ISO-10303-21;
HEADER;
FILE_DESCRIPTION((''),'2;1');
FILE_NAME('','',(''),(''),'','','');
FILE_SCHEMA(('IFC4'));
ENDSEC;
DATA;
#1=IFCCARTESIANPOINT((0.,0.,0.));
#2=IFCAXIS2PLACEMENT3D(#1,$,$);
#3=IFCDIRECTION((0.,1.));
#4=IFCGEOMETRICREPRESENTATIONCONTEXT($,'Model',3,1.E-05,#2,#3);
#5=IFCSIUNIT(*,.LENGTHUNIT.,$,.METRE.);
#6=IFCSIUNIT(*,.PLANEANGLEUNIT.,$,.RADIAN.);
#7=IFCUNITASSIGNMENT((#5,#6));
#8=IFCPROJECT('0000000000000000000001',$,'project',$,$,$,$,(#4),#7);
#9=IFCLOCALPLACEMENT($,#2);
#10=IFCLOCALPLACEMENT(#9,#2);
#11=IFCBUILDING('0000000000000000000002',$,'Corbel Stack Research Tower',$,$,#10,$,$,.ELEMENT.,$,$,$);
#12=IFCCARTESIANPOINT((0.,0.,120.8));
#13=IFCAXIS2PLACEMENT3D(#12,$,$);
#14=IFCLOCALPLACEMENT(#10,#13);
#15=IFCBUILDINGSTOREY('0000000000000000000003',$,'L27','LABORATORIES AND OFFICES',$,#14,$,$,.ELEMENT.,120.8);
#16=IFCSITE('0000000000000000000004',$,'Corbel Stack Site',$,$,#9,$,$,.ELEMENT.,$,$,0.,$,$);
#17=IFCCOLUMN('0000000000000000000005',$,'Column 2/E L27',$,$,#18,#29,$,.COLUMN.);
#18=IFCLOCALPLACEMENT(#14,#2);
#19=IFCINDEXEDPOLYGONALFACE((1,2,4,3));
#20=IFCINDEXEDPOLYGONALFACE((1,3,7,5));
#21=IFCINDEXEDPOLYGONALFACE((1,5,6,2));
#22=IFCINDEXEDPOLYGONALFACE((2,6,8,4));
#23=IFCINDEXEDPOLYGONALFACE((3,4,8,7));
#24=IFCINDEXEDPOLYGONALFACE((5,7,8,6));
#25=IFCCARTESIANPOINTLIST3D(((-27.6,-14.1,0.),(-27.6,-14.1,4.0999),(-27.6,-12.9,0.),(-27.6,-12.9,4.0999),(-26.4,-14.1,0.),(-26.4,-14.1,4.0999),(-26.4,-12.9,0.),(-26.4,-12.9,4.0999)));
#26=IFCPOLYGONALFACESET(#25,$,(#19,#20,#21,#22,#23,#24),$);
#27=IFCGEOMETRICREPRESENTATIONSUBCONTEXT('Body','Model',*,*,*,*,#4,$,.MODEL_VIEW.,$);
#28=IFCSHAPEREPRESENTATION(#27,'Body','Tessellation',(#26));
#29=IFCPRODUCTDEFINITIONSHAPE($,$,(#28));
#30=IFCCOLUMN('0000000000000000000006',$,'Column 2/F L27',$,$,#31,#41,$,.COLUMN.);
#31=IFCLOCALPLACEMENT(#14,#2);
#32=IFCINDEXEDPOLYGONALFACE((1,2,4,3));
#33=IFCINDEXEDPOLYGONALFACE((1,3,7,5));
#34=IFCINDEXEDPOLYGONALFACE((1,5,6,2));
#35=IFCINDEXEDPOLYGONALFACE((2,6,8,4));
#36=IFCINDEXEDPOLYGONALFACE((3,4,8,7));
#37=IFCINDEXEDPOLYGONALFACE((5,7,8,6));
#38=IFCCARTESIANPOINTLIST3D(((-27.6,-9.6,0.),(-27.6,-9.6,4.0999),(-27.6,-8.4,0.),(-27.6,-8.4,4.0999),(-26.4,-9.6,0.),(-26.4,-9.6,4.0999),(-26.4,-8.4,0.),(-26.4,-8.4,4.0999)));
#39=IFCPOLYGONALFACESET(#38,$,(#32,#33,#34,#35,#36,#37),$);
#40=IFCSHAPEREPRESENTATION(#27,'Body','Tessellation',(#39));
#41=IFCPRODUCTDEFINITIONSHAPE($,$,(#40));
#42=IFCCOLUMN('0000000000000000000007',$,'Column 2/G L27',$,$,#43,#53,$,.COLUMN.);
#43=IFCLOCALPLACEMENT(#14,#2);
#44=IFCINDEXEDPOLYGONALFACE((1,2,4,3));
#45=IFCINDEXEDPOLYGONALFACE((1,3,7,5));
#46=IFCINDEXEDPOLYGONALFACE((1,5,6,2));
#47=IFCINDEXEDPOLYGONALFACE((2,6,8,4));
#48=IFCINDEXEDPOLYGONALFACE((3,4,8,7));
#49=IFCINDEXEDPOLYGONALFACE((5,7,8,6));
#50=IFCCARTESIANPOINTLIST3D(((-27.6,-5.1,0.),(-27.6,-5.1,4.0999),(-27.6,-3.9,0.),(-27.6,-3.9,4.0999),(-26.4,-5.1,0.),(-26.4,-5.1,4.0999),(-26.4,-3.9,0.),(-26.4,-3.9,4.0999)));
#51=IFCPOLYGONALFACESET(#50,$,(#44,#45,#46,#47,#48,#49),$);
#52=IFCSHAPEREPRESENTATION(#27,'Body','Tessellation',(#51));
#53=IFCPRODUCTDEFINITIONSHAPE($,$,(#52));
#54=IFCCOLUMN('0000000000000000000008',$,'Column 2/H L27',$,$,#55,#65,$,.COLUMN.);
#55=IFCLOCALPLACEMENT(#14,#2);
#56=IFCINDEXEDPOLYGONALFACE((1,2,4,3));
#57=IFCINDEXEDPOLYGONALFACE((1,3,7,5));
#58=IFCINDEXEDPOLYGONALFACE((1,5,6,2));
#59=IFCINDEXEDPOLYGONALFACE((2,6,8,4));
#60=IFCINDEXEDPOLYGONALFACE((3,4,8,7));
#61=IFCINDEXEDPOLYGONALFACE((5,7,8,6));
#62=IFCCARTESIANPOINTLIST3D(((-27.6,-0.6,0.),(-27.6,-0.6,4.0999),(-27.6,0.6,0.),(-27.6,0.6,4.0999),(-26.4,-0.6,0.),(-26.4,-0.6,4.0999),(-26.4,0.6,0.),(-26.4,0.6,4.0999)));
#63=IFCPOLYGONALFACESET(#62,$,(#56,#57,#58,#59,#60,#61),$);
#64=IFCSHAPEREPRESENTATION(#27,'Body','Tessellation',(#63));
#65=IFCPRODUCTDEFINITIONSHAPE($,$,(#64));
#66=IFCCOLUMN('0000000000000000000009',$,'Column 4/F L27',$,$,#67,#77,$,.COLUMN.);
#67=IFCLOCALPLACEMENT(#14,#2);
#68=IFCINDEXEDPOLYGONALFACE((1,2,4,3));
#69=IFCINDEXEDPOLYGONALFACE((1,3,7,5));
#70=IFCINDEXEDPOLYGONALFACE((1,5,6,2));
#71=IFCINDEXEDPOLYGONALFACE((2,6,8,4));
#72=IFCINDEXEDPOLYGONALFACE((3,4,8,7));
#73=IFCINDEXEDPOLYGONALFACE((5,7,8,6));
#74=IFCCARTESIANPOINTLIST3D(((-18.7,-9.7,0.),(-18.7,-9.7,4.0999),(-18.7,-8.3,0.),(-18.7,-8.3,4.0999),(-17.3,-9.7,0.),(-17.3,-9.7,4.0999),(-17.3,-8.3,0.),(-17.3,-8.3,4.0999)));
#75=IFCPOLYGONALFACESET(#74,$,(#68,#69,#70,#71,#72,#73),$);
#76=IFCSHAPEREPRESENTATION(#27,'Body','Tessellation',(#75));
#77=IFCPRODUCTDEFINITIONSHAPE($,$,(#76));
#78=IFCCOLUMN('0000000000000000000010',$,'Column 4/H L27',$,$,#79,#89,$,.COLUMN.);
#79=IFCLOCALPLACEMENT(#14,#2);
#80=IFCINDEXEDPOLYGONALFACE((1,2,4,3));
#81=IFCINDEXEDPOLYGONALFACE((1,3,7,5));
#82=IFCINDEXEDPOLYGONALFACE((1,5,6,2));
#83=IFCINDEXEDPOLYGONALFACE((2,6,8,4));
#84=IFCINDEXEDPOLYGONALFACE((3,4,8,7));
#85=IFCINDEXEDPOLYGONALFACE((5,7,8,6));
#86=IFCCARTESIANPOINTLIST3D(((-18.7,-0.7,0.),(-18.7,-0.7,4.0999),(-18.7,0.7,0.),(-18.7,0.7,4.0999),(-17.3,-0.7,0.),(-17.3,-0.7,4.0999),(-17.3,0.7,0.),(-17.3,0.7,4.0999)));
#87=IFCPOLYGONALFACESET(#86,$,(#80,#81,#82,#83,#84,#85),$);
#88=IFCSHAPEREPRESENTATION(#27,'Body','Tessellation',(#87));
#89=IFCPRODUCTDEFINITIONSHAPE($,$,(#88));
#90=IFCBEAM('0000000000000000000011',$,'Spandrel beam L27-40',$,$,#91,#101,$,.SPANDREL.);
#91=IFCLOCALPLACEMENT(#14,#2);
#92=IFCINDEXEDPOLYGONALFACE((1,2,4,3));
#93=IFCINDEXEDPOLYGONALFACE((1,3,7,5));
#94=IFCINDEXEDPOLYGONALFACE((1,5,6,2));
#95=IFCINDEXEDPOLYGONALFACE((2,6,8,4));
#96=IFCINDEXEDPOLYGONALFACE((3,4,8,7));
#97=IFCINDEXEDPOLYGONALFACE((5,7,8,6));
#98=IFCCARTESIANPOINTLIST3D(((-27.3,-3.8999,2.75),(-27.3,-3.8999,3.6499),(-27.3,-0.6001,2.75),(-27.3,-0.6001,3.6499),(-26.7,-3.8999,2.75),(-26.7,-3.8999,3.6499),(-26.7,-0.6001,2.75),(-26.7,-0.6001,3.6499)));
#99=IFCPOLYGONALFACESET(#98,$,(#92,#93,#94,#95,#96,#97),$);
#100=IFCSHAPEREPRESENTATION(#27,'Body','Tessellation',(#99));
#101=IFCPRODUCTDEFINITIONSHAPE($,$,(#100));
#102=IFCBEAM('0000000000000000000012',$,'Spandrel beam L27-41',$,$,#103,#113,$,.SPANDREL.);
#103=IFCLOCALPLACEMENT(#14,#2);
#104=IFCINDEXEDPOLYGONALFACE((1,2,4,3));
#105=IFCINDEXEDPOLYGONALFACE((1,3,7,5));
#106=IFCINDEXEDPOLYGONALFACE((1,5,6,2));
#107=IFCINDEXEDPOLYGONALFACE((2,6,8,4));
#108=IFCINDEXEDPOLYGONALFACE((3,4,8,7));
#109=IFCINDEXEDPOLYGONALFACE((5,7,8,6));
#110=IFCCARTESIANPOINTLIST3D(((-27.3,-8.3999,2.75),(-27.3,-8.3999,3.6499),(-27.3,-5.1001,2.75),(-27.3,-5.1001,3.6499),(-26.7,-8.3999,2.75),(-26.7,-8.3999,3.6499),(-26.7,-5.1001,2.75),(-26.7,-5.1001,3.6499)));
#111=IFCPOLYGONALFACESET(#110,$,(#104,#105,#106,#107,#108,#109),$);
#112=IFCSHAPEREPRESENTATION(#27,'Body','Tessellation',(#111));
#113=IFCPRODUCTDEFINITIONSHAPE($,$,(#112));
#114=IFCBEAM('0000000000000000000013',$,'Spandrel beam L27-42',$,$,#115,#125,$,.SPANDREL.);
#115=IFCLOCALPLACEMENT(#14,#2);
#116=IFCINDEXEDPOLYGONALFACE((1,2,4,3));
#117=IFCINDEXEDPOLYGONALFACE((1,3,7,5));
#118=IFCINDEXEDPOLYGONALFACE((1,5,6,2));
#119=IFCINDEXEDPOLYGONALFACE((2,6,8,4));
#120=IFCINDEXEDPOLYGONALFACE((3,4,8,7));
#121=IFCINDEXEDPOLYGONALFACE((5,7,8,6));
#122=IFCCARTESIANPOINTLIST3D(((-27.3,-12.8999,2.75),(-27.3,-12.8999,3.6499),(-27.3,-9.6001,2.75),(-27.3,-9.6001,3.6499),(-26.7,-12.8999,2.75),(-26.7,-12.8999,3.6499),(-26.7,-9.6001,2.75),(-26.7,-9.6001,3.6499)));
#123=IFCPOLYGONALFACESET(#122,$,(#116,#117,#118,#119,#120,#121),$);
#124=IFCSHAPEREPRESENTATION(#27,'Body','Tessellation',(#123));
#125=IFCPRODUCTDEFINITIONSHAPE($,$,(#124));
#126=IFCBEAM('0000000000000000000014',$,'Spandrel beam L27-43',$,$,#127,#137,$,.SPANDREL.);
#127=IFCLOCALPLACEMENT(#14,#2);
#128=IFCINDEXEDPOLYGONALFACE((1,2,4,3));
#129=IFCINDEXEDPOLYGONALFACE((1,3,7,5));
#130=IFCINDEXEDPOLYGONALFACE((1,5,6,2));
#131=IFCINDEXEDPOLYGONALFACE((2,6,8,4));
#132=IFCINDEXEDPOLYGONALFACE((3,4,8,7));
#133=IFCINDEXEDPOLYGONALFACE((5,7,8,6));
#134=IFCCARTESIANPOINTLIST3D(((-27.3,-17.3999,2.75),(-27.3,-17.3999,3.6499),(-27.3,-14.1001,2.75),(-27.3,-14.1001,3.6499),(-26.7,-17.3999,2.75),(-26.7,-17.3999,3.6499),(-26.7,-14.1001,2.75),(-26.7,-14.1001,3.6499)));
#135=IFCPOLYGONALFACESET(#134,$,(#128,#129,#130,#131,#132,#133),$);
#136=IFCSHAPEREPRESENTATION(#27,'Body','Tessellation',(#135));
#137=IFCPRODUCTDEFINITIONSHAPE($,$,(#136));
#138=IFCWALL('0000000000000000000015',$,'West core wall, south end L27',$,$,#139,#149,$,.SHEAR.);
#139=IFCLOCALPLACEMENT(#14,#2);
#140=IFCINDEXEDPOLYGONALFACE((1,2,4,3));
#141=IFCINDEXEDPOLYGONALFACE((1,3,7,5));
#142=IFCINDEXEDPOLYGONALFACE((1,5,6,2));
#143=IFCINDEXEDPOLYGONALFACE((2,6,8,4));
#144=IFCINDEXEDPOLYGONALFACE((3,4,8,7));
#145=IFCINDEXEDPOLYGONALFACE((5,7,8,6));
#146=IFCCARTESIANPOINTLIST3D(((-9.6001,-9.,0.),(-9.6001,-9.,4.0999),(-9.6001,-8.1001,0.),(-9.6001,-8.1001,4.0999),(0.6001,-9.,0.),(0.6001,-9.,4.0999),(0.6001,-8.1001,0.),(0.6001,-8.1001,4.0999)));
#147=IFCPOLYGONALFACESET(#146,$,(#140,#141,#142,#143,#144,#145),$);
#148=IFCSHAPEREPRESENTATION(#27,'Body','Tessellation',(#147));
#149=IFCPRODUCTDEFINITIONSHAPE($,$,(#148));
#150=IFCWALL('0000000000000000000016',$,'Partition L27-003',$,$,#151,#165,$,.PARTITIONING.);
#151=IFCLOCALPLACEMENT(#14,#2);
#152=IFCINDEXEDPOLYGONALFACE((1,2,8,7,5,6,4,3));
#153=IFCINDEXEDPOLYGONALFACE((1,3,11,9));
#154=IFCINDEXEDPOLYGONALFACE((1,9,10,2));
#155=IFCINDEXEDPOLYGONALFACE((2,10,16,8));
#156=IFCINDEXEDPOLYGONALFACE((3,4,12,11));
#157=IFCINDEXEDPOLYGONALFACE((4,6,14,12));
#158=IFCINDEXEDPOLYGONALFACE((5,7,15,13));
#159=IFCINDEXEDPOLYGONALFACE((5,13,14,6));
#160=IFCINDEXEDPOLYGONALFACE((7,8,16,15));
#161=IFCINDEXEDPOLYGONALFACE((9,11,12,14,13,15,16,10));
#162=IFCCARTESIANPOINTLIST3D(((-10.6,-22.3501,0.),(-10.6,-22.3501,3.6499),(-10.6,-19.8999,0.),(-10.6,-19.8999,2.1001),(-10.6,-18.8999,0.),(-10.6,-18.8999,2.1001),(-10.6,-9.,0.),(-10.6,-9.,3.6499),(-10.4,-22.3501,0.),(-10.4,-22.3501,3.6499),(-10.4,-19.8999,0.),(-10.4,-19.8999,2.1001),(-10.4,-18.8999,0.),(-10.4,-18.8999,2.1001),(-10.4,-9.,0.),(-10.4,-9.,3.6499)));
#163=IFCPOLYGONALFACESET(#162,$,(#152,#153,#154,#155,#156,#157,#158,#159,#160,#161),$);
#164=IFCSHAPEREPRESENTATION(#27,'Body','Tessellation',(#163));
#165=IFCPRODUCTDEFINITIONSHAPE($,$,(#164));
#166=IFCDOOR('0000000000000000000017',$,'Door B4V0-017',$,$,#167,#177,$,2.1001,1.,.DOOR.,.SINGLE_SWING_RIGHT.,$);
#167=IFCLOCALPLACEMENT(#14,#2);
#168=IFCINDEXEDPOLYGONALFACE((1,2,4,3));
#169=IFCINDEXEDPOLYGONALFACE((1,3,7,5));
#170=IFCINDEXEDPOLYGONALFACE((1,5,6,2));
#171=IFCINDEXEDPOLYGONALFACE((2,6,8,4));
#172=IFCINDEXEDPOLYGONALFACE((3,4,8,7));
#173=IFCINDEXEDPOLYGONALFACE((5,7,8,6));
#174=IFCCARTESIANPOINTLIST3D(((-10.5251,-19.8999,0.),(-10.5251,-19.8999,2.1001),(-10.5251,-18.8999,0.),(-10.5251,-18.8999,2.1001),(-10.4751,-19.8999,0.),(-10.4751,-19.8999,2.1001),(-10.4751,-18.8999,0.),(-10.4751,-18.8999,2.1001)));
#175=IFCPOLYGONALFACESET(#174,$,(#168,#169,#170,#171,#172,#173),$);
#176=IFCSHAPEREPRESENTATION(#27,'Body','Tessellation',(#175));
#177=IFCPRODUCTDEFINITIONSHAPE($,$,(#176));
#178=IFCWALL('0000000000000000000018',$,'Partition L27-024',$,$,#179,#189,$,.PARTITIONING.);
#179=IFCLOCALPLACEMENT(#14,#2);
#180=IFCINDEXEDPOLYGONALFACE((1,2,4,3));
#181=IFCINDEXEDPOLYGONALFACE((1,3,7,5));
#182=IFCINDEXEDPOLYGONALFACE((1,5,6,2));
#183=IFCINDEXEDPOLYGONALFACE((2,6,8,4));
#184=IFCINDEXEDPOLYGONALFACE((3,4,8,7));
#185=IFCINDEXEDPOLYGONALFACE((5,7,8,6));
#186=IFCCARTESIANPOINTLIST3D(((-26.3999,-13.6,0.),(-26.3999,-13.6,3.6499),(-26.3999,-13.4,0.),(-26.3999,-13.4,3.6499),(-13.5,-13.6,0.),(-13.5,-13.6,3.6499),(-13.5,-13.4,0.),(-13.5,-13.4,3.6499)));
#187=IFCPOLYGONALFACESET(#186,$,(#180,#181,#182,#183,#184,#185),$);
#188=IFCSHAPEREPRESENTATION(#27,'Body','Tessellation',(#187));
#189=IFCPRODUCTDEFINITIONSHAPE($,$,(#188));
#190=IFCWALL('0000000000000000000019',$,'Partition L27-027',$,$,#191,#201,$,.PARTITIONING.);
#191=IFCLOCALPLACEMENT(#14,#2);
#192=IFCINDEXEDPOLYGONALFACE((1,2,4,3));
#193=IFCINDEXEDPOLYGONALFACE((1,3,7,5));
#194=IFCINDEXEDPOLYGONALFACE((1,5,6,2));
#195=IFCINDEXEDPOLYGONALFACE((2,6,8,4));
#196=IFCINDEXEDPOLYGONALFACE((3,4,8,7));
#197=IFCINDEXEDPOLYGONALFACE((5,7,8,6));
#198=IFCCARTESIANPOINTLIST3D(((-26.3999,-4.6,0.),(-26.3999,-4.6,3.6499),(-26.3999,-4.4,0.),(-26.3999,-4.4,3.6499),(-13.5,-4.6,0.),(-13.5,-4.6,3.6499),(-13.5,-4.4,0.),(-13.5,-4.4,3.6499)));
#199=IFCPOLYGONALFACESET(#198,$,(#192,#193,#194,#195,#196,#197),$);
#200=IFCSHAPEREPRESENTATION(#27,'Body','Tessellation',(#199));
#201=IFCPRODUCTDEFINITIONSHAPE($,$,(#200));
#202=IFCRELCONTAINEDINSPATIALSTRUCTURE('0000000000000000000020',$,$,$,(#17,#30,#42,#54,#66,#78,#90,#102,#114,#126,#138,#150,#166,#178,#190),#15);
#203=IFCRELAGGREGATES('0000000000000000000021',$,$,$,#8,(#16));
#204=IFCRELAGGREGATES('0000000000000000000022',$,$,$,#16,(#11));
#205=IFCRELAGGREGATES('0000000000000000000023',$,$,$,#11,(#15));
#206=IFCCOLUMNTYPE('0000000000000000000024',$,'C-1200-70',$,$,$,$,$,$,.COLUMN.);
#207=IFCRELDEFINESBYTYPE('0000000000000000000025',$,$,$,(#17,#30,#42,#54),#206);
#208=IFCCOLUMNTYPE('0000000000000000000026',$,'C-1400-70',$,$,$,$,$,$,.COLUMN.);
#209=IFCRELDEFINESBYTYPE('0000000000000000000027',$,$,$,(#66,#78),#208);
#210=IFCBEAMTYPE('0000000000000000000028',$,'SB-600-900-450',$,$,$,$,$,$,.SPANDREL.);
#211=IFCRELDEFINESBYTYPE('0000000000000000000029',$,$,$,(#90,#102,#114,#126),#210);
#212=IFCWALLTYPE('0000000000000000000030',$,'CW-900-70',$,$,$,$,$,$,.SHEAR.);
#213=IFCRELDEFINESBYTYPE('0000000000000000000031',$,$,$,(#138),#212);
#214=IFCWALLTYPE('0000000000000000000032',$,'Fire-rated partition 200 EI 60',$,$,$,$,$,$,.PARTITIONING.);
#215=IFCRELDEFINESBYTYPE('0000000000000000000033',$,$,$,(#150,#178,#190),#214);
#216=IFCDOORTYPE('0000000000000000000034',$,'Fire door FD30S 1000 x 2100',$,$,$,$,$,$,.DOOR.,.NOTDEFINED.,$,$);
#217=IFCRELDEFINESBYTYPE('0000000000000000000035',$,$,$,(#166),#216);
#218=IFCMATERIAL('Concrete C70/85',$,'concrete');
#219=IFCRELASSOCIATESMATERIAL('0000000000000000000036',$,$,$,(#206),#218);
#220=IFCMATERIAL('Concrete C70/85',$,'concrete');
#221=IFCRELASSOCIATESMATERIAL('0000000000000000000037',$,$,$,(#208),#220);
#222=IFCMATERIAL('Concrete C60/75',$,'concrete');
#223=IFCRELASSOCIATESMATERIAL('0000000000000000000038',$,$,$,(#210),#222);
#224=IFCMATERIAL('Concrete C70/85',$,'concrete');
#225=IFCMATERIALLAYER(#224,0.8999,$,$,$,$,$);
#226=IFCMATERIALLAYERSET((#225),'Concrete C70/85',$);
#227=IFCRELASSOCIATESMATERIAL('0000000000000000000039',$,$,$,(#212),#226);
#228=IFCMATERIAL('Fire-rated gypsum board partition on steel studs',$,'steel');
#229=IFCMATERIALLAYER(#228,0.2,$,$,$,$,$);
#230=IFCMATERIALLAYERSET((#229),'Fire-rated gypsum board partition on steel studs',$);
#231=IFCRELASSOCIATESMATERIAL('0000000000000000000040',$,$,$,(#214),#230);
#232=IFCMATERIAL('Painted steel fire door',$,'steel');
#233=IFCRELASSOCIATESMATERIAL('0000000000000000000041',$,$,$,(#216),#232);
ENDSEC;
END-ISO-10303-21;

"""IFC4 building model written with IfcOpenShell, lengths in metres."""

from ifc_helpers import new_model, si_unit, direction, frame, frame_2d, origin, origin_2d, place, context, subcontext, project, spatial, rectangle, extrude, material, layer, layer_set, material_profile, profile_set, type_object, element, fill, save


model = new_model("IFC4")

# Units and contexts
model_context = context("Model", 3, precision=1e-05, world=origin(), true_north=direction((0.0, 1.0)))
body_context = subcontext(model_context, "Body", "Model", "MODEL_VIEW")
ifc_project = project(units=[si_unit("LENGTHUNIT", "METRE"), si_unit("PLANEANGLEUNIT", "RADIAN")], contexts=[model_context])

# Site, building, storey
site_placement = place(None, origin())
site = spatial("IfcSite", under=ifc_project, at=site_placement, Name="Corbel Stack Site", CompositionType="ELEMENT", RefElevation=0.0)
building_placement = place(site_placement, origin())
building = spatial("IfcBuilding", under=site, at=building_placement, Name="Corbel Stack Research Tower", CompositionType="ELEMENT")
storey_placement = place(building_placement, frame((0.0, 0.0, 120.8)))
storey = spatial("IfcBuildingStorey", under=building, at=storey_placement, Name="L27", Description="LABORATORIES AND OFFICES", CompositionType="ELEMENT", Elevation=120.8)

# Columns
ifc_material_1 = material(Name="Concrete C70/85", Category="concrete")
ifc_material_profile_1 = material_profile(ifc_material_1, rectangle(XDim=1.2, YDim=1.2, at=origin_2d()), Name="RC 1200 x 1200")
ifc_profile_set_1 = profile_set([ifc_material_profile_1], Name="Concrete C70/85")
column_type_1 = type_object("IfcColumnType", Name="C-1200-70", PredefinedType="COLUMN", material=ifc_profile_set_1)
for number, where, z_axis, x_axis, name in (
    (1, (-27.0, -13.5, 0.0), (0.0, 0.0, 1.0), (1.0, 0.0, 0.0), "Column 2/E L27"),
    (2, (-27.0, -9.0, 0.0), (0.0, 0.0, 1.0), (1.0, 0.0, 0.0), "Column 2/F L27"),
    (3, (-27.0, -4.5, 0.0), (0.0, 0.0, 1.0), (1.0, 0.0, 0.0), "Column 2/G L27"),
    (4, (-27.0, 0.0, 0.0), (0.0, 0.0, 1.0), (1.0, 0.0, 0.0), "Column 2/H L27"),
):
    element("IfcColumn", number, at=place(storey_placement, frame(where, z_axis=z_axis, x_axis=x_axis)), inside=storey, type_object=column_type_1, Name=name, PredefinedType="COLUMN", context=body_context, shape_type="SweptSolid", body=[
        extrude(rectangle(XDim=1.2, YDim=1.2, at=origin_2d()), origin(), (0.0, 0.0, 1.0), 4.0999),
    ])
ifc_material_2 = material(Name="Concrete C70/85", Category="concrete")
ifc_material_profile_2 = material_profile(ifc_material_2, rectangle(XDim=1.3999, YDim=1.3999, at=origin_2d()), Name="RC 1400 x 1400")
ifc_profile_set_2 = profile_set([ifc_material_profile_2], Name="Concrete C70/85")
column_type_2 = type_object("IfcColumnType", Name="C-1400-70", PredefinedType="COLUMN", material=ifc_profile_set_2)
for number, where, z_axis, x_axis, name in (
    (5, (-18.0, -9.0, 0.0), (0.0, 0.0, 1.0), (1.0, 0.0, 0.0), "Column 4/F L27"),
    (6, (-18.0, 0.0, 0.0), (0.0, 0.0, 1.0), (1.0, 0.0, 0.0), "Column 4/H L27"),
):
    element("IfcColumn", number, at=place(storey_placement, frame(where, z_axis=z_axis, x_axis=x_axis)), inside=storey, type_object=column_type_2, Name=name, PredefinedType="COLUMN", context=body_context, shape_type="SweptSolid", body=[
        extrude(rectangle(XDim=1.3999, YDim=1.3999, at=origin_2d()), origin(), (0.0, 0.0, 1.0), 4.0999),
    ])

# Beams
ifc_material_3 = material(Name="Concrete C60/75", Category="concrete")
ifc_material_profile_3 = material_profile(ifc_material_3, rectangle(XDim=0.6001, YDim=0.8999, at=origin_2d()), Name="RC 600 x 900")
ifc_profile_set_3 = profile_set([ifc_material_profile_3], Name="Concrete C60/75")
beam_type = type_object("IfcBeamType", Name="SB-600-900-450", PredefinedType="SPANDREL", material=ifc_profile_set_3)
for number, where, z_axis, x_axis, name in (
    (7, (-27.0, -0.6001, 3.2), (0.0, -1.0, 0.0), (1.0, 0.0, 0.0), "Spandrel beam L27-40"),
    (8, (-27.0, -5.1001, 3.2), (0.0, -1.0, 0.0), (1.0, 0.0, 0.0), "Spandrel beam L27-41"),
    (9, (-27.0, -9.6001, 3.2), (0.0, -1.0, 0.0), (1.0, 0.0, 0.0), "Spandrel beam L27-42"),
    (10, (-27.0, -14.1001, 3.2), (0.0, -1.0, 0.0), (1.0, 0.0, 0.0), "Spandrel beam L27-43"),
):
    element("IfcBeam", number, at=place(storey_placement, frame(where, z_axis=z_axis, x_axis=x_axis)), inside=storey, type_object=beam_type, Name=name, PredefinedType="SPANDREL", context=body_context, shape_type="SweptSolid", body=[
        extrude(rectangle(XDim=0.6001, YDim=0.8999, at=origin_2d()), origin(), (0.0, 0.0, 1.0), 3.2998),
    ])

# Shared definitions
ifc_material_4 = material(Name="Concrete C70/85", Category="concrete")
ifc_layer_1 = layer(ifc_material_4, 0.8999)
ifc_layer_set_1 = layer_set([ifc_layer_1], Name="Concrete C70/85")
wall_type_1 = type_object("IfcWallType", Name="CW-900-70", PredefinedType="SHEAR", material=ifc_layer_set_1)

# Wall
wall_1_placement = place(storey_placement, frame((-9.6001, -8.55, 0.0), z_axis=(0.0, 0.0, 1.0), x_axis=(1.0, 0.0, 0.0)))
element("IfcWall", 11, at=wall_1_placement, inside=storey, type_object=wall_type_1, Name="West core wall, south end L27", PredefinedType="SHEAR", context=body_context, shape_type="SweptSolid", body=[
    extrude(rectangle(XDim=10.2002, YDim=0.8999, at=frame_2d((5.1001, 0.0))), origin(), (0.0, 0.0, 1.0), 4.0999),
])

# Wall, opening, door
ifc_material_5 = material(Name="Fire-rated gypsum board partition on steel studs", Category="steel")
ifc_layer_2 = layer(ifc_material_5, 0.2)
ifc_layer_set_2 = layer_set([ifc_layer_2], Name="Fire-rated gypsum board partition on steel studs")
wall_type_2 = type_object("IfcWallType", Name="Fire-rated partition 200 EI 60", PredefinedType="PARTITIONING", material=ifc_layer_set_2)
wall_2_placement = place(storey_placement, frame((-10.5, -9.0, 0.0), z_axis=(0.0, 0.0, 1.0), x_axis=(0.0, -1.0, 0.0)))
wall_2 = element("IfcWall", 12, at=wall_2_placement, inside=storey, type_object=wall_type_2, Name="Partition L27-003", PredefinedType="PARTITIONING", context=body_context, shape_type="SweptSolid", body=[
    extrude(rectangle(XDim=13.3501, YDim=0.2, at=frame_2d((6.675, 0.0))), origin(), (0.0, 0.0, 1.0), 3.6499),
])
opening_1_placement = place(wall_2_placement, frame((9.8999, 0.0, 0.0)))
opening_1 = element("IfcOpeningElement", 13, at=opening_1_placement, cuts=wall_2, PredefinedType="OPENING", context=body_context, shape_type="SweptSolid", body=[
    extrude(rectangle(XDim=1.0, YDim=2.1001, at=frame_2d((0.5, 1.05))), frame((0.0, 0.1099, 0.0), z_axis=(0.0, -1.0, 0.0), x_axis=(1.0, 0.0, 0.0)), (0.0, 0.0, 1.0), 0.22),
])
ifc_material_6 = material(Name="Painted steel fire door", Category="steel")
door_type_1 = type_object("IfcDoorType", Name="Fire door FD30S 1000 x 2100", OperationType="NOTDEFINED", PredefinedType="DOOR", material=ifc_material_6)
door_1_placement = place(opening_1_placement, origin())
door_1 = element("IfcDoor", 14, at=door_1_placement, inside=storey, type_object=door_type_1, Name="Door B4V0-017", OperationType="SINGLE_SWING_RIGHT", OverallHeight=2.1001, OverallWidth=1.0, PredefinedType="DOOR", context=body_context, shape_type="SweptSolid", body=[
    extrude(rectangle(XDim=1.0, YDim=2.1001, at=frame_2d((0.5, 1.05))), frame((0.0, 0.0249, 0.0), z_axis=(0.0, -1.0, 0.0), x_axis=(1.0, 0.0, 0.0)), (0.0, 0.0, 1.0), 0.05),
])
fill(opening_1, door_1)

# Walls
for number, where, z_axis, x_axis, name in (
    (15, (-26.3999, -13.5, 0.0), (0.0, 0.0, 1.0), (1.0, 0.0, 0.0), "Partition L27-024"),
    (16, (-26.3999, -4.5, 0.0), (0.0, 0.0, 1.0), (1.0, 0.0, 0.0), "Partition L27-027"),
):
    element("IfcWall", number, at=place(storey_placement, frame(where, z_axis=z_axis, x_axis=x_axis)), inside=storey, type_object=wall_type_2, Name=name, PredefinedType="PARTITIONING", context=body_context, shape_type="SweptSolid", body=[
        extrude(rectangle(XDim=12.8999, YDim=0.2, at=frame_2d((6.45, 0.0))), origin(), (0.0, 0.0, 1.0), 3.6499),
    ])

save(model, "model.ifc")
